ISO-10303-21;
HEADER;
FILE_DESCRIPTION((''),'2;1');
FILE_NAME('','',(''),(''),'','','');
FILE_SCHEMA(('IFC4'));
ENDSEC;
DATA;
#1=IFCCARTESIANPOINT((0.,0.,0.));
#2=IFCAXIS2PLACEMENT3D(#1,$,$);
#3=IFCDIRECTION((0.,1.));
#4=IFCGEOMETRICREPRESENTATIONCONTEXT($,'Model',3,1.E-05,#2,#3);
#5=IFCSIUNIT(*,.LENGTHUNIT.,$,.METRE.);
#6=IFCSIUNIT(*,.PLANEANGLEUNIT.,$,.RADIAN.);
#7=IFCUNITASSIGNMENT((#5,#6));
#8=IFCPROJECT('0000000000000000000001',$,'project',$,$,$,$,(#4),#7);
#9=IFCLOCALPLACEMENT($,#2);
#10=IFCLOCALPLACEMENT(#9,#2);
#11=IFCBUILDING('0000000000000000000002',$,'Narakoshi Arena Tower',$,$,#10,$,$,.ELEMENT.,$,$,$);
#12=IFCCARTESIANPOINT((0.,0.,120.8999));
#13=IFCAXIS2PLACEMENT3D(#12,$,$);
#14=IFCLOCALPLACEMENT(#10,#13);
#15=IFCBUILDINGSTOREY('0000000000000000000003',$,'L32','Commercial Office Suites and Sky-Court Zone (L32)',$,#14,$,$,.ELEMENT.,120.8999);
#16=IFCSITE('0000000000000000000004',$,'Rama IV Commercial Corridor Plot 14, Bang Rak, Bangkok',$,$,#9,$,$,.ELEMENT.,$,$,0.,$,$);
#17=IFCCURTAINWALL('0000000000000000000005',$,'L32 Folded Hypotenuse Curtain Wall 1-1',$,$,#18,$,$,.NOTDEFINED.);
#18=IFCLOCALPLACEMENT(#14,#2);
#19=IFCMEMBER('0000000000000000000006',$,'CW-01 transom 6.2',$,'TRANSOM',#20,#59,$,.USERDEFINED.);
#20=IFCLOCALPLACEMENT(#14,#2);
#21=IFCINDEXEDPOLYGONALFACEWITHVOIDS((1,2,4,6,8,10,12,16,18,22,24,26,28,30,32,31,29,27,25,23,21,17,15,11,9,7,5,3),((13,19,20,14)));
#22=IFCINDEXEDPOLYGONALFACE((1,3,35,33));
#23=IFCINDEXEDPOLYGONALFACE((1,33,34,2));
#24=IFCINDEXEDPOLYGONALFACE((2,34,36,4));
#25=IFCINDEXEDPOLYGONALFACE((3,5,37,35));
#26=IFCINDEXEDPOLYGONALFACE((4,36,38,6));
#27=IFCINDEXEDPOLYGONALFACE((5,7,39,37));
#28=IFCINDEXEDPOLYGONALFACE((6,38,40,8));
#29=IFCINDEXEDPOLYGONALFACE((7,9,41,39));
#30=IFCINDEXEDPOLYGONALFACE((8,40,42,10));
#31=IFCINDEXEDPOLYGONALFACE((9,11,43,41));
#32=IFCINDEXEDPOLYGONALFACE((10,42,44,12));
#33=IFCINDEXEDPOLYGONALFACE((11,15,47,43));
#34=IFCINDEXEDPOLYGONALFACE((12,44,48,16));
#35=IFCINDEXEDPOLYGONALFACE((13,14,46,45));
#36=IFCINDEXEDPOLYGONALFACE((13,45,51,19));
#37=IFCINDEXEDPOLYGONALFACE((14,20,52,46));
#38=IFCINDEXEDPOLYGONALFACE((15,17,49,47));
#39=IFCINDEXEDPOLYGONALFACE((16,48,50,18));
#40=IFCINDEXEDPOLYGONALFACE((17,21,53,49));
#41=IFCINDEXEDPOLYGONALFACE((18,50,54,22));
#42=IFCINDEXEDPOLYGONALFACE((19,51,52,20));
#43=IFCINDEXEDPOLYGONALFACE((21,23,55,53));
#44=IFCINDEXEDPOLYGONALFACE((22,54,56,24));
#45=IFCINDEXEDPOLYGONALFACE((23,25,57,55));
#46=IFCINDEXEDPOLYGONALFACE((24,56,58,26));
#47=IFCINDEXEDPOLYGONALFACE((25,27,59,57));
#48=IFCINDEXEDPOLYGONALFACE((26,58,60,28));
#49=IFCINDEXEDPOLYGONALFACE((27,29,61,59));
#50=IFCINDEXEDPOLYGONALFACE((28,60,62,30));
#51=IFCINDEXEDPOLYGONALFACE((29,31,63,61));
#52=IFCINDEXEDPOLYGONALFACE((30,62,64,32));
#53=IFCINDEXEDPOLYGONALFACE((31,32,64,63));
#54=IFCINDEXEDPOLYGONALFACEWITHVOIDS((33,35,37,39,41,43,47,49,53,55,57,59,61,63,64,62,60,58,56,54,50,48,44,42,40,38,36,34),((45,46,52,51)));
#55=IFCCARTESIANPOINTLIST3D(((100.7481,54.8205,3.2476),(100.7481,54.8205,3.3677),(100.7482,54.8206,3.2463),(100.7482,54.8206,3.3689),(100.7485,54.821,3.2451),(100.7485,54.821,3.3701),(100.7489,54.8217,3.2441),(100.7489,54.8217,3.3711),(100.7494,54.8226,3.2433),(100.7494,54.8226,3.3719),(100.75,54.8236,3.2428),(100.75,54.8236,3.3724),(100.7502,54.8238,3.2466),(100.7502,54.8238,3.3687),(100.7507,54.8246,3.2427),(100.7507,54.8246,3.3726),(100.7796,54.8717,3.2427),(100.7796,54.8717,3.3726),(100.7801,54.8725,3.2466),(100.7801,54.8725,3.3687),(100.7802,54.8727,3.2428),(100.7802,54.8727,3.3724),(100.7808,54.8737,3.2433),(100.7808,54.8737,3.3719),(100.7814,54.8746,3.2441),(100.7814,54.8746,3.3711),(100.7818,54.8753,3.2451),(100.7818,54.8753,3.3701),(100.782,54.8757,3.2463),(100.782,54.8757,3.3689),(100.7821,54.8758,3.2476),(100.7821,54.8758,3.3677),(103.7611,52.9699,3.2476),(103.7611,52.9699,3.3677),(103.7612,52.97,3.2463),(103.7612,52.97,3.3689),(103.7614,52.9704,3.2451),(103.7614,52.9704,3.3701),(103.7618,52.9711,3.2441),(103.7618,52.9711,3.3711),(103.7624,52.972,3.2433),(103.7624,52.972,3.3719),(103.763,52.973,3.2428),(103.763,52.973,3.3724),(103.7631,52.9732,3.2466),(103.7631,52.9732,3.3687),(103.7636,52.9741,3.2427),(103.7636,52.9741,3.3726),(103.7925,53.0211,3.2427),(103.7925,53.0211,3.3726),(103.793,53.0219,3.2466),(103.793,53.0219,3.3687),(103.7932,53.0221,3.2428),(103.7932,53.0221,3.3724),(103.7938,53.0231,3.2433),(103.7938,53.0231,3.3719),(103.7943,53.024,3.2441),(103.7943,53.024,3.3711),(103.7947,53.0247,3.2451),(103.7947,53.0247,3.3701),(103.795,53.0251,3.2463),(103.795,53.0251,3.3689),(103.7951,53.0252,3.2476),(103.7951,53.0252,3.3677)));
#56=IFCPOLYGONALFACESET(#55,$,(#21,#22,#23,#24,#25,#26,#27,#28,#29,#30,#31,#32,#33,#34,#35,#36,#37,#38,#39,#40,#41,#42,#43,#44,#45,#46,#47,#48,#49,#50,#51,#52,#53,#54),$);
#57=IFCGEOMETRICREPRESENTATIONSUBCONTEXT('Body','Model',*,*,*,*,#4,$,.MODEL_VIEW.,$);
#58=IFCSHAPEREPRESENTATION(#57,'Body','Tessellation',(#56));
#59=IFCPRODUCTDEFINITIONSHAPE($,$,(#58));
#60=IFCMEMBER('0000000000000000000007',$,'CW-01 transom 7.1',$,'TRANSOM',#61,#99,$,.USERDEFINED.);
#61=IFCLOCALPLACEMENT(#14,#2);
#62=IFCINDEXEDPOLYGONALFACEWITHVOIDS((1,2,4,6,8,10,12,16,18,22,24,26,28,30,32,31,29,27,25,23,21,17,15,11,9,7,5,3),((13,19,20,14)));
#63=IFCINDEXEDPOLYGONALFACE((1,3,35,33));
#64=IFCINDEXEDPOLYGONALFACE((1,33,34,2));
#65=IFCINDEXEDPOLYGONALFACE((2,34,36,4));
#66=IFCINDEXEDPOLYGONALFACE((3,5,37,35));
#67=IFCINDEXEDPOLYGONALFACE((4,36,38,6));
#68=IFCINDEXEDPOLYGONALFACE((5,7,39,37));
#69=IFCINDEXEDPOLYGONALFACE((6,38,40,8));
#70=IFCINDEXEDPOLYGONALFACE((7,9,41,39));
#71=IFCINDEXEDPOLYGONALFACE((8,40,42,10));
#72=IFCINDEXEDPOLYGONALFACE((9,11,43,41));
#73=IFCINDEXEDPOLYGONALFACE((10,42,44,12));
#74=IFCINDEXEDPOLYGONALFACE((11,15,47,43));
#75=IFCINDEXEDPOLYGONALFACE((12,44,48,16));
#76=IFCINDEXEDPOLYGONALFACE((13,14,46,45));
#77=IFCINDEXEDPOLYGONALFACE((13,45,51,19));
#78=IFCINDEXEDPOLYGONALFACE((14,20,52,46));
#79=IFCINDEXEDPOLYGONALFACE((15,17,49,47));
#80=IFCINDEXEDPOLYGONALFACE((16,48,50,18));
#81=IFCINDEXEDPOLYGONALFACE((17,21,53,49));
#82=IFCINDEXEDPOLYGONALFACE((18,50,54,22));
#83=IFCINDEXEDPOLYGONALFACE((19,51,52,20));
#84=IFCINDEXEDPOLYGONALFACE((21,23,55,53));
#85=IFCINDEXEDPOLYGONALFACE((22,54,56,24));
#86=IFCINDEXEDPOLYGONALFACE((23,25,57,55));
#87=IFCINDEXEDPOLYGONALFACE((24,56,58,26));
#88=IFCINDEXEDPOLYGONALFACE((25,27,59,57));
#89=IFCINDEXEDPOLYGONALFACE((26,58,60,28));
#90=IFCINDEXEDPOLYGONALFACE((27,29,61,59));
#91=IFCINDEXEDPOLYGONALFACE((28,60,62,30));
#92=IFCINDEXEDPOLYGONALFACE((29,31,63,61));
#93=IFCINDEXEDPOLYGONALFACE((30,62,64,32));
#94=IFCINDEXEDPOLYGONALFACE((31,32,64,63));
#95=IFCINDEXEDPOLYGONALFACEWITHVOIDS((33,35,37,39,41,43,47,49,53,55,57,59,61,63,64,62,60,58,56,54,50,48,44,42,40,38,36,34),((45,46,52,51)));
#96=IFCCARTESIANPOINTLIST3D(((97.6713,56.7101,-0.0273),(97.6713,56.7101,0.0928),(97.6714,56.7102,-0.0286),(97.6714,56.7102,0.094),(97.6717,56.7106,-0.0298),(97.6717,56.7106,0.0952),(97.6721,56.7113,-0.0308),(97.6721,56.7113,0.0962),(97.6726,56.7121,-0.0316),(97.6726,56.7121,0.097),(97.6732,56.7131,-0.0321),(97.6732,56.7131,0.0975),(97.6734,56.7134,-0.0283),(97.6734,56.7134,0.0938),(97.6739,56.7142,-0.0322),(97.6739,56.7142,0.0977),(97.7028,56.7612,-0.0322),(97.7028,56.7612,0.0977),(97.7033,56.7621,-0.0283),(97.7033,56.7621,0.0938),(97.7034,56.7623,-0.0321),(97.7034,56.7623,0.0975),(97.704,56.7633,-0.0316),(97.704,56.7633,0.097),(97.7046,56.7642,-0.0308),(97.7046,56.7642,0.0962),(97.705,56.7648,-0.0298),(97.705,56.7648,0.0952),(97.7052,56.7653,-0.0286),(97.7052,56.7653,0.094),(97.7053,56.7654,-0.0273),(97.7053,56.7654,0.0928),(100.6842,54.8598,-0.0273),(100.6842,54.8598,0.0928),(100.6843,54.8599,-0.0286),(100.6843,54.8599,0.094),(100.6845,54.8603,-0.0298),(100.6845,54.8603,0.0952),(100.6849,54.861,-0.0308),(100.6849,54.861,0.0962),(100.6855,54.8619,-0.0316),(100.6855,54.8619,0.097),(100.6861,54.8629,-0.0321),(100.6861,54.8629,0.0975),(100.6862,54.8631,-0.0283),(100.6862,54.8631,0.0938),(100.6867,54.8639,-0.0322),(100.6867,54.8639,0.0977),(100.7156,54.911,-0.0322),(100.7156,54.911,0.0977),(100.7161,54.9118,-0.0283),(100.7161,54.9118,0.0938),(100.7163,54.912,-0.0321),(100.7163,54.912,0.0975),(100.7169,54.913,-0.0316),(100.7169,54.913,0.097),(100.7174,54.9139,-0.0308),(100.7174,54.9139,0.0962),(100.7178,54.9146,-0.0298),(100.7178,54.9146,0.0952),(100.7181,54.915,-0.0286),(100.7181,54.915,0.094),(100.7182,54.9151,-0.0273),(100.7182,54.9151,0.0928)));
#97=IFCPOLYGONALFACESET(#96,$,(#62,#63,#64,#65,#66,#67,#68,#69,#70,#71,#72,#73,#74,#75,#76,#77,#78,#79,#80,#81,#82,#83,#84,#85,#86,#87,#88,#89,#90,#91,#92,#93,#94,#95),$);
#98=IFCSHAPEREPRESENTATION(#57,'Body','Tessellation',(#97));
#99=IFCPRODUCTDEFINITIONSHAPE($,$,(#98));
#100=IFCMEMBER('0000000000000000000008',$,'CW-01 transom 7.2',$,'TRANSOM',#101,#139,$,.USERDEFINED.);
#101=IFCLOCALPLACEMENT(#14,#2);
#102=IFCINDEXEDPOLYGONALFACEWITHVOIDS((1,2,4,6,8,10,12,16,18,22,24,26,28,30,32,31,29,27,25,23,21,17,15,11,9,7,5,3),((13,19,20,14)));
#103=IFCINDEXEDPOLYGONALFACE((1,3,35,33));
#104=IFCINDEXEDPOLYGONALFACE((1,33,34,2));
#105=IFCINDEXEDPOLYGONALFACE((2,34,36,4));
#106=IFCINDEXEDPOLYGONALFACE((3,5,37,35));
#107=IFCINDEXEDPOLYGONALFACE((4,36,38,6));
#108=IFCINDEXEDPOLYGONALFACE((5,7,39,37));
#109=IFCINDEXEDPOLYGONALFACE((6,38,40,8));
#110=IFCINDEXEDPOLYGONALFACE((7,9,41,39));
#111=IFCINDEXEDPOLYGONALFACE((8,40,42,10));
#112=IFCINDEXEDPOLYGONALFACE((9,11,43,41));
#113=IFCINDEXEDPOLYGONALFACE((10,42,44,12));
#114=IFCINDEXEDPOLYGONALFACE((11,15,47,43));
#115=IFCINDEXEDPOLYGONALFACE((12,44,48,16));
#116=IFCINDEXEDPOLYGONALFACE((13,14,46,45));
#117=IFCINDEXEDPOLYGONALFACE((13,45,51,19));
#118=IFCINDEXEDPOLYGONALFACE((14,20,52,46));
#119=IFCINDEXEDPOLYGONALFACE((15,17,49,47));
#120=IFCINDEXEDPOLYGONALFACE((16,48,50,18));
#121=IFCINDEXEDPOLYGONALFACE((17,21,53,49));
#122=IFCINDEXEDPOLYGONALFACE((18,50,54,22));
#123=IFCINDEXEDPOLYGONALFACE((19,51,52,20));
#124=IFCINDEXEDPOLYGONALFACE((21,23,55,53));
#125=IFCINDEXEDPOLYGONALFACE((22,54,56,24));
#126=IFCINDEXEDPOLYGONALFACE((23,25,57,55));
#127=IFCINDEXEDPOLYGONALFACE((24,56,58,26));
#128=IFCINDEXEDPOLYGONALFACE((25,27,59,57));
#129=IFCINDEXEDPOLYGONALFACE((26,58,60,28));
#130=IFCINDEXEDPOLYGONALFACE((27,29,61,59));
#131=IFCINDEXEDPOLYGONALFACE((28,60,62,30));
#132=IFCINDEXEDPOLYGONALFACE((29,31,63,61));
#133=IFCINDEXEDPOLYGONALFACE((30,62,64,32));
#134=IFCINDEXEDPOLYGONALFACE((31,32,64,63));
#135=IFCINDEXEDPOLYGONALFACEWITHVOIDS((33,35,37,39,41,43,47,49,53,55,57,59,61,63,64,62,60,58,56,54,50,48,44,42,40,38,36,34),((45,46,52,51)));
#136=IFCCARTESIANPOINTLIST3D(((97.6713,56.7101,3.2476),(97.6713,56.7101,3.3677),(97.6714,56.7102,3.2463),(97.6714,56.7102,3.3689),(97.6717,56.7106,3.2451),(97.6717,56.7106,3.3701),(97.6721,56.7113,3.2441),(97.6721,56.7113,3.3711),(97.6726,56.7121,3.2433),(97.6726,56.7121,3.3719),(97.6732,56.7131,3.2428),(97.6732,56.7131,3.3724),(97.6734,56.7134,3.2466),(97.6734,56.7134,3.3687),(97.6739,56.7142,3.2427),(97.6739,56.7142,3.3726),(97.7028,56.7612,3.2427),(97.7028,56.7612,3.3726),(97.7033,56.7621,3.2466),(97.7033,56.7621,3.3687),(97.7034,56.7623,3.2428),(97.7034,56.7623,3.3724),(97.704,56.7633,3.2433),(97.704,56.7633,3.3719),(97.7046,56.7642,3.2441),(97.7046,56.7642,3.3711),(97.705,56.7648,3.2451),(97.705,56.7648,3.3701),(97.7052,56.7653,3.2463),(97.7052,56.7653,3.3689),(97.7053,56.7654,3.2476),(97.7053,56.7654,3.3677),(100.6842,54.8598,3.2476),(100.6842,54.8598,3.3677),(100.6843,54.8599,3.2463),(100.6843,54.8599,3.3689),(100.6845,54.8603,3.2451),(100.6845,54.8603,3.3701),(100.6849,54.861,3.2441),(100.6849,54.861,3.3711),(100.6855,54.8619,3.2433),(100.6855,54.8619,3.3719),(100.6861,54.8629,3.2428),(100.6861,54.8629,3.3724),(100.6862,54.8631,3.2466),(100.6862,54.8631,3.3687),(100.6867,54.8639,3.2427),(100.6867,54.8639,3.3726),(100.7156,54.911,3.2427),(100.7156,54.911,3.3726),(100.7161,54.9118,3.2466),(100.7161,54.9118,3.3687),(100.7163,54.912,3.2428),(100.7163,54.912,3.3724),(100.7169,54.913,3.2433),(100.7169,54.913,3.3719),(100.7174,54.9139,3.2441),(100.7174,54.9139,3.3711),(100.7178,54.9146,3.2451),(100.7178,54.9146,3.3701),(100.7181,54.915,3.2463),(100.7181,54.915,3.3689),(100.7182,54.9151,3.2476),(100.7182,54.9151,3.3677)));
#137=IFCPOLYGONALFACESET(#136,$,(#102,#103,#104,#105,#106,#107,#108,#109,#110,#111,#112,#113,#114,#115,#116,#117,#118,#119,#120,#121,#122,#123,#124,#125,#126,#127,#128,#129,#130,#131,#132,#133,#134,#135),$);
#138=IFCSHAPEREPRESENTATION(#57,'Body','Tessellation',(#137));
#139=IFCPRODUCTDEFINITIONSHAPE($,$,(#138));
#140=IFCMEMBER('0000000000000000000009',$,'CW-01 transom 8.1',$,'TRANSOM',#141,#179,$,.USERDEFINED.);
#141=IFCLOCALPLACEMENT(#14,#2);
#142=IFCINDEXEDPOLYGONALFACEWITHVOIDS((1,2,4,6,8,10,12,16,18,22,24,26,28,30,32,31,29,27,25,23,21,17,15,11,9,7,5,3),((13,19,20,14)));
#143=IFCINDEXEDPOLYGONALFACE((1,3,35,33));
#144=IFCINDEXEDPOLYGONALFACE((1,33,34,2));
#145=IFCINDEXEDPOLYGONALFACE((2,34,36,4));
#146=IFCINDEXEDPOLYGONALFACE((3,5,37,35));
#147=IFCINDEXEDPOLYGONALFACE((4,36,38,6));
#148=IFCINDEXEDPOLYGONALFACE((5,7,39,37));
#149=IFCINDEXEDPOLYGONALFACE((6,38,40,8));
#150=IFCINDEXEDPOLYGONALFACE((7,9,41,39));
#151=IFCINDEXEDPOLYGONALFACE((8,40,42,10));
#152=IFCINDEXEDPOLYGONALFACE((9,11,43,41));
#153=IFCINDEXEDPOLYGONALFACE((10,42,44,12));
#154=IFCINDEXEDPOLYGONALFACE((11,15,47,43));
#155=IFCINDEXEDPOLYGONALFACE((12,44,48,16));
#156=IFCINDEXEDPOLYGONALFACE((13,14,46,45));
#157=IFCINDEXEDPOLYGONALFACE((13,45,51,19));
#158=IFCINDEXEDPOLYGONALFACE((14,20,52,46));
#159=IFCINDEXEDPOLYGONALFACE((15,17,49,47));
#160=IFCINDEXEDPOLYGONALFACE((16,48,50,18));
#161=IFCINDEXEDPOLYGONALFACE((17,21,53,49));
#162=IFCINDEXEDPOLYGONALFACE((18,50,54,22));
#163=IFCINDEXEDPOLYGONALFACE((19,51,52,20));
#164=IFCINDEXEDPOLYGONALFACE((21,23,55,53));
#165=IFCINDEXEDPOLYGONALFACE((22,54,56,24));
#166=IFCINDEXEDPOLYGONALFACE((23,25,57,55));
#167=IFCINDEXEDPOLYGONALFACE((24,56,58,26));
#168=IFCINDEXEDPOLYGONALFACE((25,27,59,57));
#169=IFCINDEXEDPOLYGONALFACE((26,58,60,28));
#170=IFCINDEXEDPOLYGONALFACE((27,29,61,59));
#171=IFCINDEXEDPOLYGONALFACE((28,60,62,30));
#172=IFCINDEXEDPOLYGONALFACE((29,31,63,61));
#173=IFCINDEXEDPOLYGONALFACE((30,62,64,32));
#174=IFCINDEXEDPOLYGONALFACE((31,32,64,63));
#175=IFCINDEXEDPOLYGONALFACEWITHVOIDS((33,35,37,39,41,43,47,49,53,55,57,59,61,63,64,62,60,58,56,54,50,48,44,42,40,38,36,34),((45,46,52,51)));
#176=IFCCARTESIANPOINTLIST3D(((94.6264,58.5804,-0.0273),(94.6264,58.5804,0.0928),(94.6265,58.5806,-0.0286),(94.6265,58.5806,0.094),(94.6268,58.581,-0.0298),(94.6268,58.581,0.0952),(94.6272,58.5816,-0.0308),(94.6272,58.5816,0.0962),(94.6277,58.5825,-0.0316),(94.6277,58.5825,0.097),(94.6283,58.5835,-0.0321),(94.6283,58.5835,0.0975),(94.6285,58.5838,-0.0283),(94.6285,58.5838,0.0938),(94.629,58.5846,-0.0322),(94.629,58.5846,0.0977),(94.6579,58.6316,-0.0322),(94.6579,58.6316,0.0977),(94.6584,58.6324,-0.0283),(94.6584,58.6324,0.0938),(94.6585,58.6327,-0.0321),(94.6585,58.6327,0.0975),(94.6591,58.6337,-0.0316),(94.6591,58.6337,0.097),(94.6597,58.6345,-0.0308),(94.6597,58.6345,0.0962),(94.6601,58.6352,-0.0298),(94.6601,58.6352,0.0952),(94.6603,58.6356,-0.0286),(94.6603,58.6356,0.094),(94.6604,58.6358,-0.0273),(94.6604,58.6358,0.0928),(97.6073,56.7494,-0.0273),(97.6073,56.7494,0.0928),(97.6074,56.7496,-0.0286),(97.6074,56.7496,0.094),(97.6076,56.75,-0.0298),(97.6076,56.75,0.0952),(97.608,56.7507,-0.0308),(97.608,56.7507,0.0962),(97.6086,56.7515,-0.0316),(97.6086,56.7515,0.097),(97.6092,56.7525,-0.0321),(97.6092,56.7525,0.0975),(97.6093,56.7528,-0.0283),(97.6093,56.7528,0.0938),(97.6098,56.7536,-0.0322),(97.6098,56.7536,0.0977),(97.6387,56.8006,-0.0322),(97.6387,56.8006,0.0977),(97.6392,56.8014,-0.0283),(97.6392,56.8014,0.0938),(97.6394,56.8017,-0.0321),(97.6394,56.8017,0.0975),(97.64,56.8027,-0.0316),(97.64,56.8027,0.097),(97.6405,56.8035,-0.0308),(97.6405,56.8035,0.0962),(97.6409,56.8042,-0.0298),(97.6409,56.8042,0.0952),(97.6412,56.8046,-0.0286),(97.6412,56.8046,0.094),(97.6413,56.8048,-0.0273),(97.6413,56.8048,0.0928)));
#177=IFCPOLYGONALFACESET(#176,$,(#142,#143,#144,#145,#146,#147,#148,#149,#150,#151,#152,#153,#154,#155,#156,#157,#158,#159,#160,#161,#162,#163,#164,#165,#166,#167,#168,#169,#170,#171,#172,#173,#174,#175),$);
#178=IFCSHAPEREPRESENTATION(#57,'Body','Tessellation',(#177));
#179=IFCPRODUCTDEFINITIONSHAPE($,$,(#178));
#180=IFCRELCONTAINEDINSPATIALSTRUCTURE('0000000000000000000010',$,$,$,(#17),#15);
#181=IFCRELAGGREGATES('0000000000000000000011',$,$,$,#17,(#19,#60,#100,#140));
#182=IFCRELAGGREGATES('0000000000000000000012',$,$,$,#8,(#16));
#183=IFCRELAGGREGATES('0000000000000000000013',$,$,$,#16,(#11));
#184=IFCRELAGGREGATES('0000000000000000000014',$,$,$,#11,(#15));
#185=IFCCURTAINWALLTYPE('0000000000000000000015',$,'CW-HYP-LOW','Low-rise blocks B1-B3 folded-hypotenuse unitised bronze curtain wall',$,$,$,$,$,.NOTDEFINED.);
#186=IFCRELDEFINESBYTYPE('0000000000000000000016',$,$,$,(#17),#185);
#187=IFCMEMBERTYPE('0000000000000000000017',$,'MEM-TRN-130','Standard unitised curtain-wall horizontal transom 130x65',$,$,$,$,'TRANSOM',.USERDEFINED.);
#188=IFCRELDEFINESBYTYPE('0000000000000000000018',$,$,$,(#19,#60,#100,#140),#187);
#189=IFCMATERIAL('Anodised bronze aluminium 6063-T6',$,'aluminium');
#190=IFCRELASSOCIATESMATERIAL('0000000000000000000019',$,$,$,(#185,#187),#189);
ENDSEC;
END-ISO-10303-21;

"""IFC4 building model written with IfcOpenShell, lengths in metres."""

from ifc_helpers import new_model, si_unit, direction, frame, origin, origin_2d, place, context, subcontext, project, spatial, hollow_rectangle, extrude, material, material_profile, profile_set, type_object, element, aggregate, save


model = new_model("IFC4")

# Units and contexts
model_context = context("Model", 3, precision=1e-05, world=origin(), true_north=direction((0.0, 1.0)))
body_context = subcontext(model_context, "Body", "Model", "MODEL_VIEW")
ifc_project = project(units=[si_unit("LENGTHUNIT", "METRE"), si_unit("PLANEANGLEUNIT", "RADIAN")], contexts=[model_context])

# Site, building, storey
site_placement = place(None, origin())
site = spatial("IfcSite", under=ifc_project, at=site_placement, Name="Rama IV Commercial Corridor Plot 14, Bang Rak, Bangkok", CompositionType="ELEMENT", RefElevation=0.0)
building_placement = place(site_placement, origin())
building = spatial("IfcBuilding", under=site, at=building_placement, Name="Narakoshi Arena Tower", CompositionType="ELEMENT")
storey_placement = place(building_placement, frame((0.0, 0.0, 120.8999)))
storey = spatial("IfcBuildingStorey", under=building, at=storey_placement, Name="L32", Description="Commercial Office Suites and Sky-Court Zone (L32)", CompositionType="ELEMENT", Elevation=120.8999)

# Curtain wall, members
ifc_material_1 = material(Name="Anodised bronze aluminium 6063-T6", Category="aluminium")
curtain_wall_type = type_object("IfcCurtainWallType", Name="CW-HYP-LOW", Description="Low-rise blocks B1-B3 folded-hypotenuse unitised bronze curtain wall", PredefinedType="NOTDEFINED", material=ifc_material_1)
curtain_wall_placement = place(storey_placement, origin())
curtain_wall = element("IfcCurtainWall", 1, at=curtain_wall_placement, inside=storey, type_object=curtain_wall_type, Name="L32 Folded Hypotenuse Curtain Wall 1-1", PredefinedType="NOTDEFINED")
ifc_material_profile_1 = material_profile(ifc_material_1, hollow_rectangle(XDim=0.0649, YDim=0.1299, WallThickness=0.0039, OuterFilletRadius=0.0049, at=origin_2d()), Name="TRN130x65x4")
ifc_profile_set_1 = profile_set([ifc_material_profile_1], Name="Anodised bronze aluminium 6063-T6")
member_type_1 = type_object("IfcMemberType", Name="MEM-TRN-130", Description="Standard unitised curtain-wall horizontal transom 130x65", ElementType="TRANSOM", PredefinedType="USERDEFINED", material=ifc_profile_set_1)
member_1_placement = place(storey_placement, frame((103.7781, 52.9976, 3.3076), z_axis=(-0.852104, 0.523373, 0.0), x_axis=(-0.523373, -0.852104, 0.0)))
member_1 = element("IfcMember", 2, at=member_1_placement, type_object=member_type_1, Name="CW-01 transom 6.2", ObjectType="TRANSOM", PredefinedType="USERDEFINED", context=body_context, shape_type="SweptSolid", body=[
    extrude(hollow_rectangle(XDim=0.0649, YDim=0.1299, WallThickness=0.0039, OuterFilletRadius=0.0049, at=origin_2d()), origin(), (0.0, 0.0, 1.0), 3.5359),
])
member_2_placement = place(storey_placement, frame((100.7012, 54.8875, 0.0327), z_axis=(-0.852134, 0.523323, 0.0), x_axis=(-0.523323, -0.852134, 0.0)))
member_2 = element("IfcMember", 3, at=member_2_placement, type_object=member_type_1, Name="CW-01 transom 7.1", ObjectType="TRANSOM", PredefinedType="USERDEFINED", context=body_context, shape_type="SweptSolid", body=[
    extrude(hollow_rectangle(XDim=0.0649, YDim=0.1299, WallThickness=0.0039, OuterFilletRadius=0.0049, at=origin_2d()), origin(), (0.0, 0.0, 1.0), 3.5356),
])
member_3_placement = place(storey_placement, frame((100.7012, 54.8875, 3.3076), z_axis=(-0.852134, 0.523323, 0.0), x_axis=(-0.523323, -0.852134, 0.0)))
member_3 = element("IfcMember", 4, at=member_3_placement, type_object=member_type_1, Name="CW-01 transom 7.2", ObjectType="TRANSOM", PredefinedType="USERDEFINED", context=body_context, shape_type="SweptSolid", body=[
    extrude(hollow_rectangle(XDim=0.0649, YDim=0.1299, WallThickness=0.0039, OuterFilletRadius=0.0049, at=origin_2d()), origin(), (0.0, 0.0, 1.0), 3.5356),
])
member_4_placement = place(storey_placement, frame((97.6243, 56.7771, 0.0327), z_axis=(-0.852089, 0.523396, 0.0), x_axis=(-0.523396, -0.852089, 0.0)))
member_4 = element("IfcMember", 5, at=member_4_placement, type_object=member_type_1, Name="CW-01 transom 8.1", ObjectType="TRANSOM", PredefinedType="USERDEFINED", context=body_context, shape_type="SweptSolid", body=[
    extrude(hollow_rectangle(XDim=0.0649, YDim=0.1299, WallThickness=0.0039, OuterFilletRadius=0.0049, at=origin_2d()), origin(), (0.0, 0.0, 1.0), 3.4983),
])
aggregate(curtain_wall, [member_1, member_2, member_3, member_4])

save(model, "model.ifc")
